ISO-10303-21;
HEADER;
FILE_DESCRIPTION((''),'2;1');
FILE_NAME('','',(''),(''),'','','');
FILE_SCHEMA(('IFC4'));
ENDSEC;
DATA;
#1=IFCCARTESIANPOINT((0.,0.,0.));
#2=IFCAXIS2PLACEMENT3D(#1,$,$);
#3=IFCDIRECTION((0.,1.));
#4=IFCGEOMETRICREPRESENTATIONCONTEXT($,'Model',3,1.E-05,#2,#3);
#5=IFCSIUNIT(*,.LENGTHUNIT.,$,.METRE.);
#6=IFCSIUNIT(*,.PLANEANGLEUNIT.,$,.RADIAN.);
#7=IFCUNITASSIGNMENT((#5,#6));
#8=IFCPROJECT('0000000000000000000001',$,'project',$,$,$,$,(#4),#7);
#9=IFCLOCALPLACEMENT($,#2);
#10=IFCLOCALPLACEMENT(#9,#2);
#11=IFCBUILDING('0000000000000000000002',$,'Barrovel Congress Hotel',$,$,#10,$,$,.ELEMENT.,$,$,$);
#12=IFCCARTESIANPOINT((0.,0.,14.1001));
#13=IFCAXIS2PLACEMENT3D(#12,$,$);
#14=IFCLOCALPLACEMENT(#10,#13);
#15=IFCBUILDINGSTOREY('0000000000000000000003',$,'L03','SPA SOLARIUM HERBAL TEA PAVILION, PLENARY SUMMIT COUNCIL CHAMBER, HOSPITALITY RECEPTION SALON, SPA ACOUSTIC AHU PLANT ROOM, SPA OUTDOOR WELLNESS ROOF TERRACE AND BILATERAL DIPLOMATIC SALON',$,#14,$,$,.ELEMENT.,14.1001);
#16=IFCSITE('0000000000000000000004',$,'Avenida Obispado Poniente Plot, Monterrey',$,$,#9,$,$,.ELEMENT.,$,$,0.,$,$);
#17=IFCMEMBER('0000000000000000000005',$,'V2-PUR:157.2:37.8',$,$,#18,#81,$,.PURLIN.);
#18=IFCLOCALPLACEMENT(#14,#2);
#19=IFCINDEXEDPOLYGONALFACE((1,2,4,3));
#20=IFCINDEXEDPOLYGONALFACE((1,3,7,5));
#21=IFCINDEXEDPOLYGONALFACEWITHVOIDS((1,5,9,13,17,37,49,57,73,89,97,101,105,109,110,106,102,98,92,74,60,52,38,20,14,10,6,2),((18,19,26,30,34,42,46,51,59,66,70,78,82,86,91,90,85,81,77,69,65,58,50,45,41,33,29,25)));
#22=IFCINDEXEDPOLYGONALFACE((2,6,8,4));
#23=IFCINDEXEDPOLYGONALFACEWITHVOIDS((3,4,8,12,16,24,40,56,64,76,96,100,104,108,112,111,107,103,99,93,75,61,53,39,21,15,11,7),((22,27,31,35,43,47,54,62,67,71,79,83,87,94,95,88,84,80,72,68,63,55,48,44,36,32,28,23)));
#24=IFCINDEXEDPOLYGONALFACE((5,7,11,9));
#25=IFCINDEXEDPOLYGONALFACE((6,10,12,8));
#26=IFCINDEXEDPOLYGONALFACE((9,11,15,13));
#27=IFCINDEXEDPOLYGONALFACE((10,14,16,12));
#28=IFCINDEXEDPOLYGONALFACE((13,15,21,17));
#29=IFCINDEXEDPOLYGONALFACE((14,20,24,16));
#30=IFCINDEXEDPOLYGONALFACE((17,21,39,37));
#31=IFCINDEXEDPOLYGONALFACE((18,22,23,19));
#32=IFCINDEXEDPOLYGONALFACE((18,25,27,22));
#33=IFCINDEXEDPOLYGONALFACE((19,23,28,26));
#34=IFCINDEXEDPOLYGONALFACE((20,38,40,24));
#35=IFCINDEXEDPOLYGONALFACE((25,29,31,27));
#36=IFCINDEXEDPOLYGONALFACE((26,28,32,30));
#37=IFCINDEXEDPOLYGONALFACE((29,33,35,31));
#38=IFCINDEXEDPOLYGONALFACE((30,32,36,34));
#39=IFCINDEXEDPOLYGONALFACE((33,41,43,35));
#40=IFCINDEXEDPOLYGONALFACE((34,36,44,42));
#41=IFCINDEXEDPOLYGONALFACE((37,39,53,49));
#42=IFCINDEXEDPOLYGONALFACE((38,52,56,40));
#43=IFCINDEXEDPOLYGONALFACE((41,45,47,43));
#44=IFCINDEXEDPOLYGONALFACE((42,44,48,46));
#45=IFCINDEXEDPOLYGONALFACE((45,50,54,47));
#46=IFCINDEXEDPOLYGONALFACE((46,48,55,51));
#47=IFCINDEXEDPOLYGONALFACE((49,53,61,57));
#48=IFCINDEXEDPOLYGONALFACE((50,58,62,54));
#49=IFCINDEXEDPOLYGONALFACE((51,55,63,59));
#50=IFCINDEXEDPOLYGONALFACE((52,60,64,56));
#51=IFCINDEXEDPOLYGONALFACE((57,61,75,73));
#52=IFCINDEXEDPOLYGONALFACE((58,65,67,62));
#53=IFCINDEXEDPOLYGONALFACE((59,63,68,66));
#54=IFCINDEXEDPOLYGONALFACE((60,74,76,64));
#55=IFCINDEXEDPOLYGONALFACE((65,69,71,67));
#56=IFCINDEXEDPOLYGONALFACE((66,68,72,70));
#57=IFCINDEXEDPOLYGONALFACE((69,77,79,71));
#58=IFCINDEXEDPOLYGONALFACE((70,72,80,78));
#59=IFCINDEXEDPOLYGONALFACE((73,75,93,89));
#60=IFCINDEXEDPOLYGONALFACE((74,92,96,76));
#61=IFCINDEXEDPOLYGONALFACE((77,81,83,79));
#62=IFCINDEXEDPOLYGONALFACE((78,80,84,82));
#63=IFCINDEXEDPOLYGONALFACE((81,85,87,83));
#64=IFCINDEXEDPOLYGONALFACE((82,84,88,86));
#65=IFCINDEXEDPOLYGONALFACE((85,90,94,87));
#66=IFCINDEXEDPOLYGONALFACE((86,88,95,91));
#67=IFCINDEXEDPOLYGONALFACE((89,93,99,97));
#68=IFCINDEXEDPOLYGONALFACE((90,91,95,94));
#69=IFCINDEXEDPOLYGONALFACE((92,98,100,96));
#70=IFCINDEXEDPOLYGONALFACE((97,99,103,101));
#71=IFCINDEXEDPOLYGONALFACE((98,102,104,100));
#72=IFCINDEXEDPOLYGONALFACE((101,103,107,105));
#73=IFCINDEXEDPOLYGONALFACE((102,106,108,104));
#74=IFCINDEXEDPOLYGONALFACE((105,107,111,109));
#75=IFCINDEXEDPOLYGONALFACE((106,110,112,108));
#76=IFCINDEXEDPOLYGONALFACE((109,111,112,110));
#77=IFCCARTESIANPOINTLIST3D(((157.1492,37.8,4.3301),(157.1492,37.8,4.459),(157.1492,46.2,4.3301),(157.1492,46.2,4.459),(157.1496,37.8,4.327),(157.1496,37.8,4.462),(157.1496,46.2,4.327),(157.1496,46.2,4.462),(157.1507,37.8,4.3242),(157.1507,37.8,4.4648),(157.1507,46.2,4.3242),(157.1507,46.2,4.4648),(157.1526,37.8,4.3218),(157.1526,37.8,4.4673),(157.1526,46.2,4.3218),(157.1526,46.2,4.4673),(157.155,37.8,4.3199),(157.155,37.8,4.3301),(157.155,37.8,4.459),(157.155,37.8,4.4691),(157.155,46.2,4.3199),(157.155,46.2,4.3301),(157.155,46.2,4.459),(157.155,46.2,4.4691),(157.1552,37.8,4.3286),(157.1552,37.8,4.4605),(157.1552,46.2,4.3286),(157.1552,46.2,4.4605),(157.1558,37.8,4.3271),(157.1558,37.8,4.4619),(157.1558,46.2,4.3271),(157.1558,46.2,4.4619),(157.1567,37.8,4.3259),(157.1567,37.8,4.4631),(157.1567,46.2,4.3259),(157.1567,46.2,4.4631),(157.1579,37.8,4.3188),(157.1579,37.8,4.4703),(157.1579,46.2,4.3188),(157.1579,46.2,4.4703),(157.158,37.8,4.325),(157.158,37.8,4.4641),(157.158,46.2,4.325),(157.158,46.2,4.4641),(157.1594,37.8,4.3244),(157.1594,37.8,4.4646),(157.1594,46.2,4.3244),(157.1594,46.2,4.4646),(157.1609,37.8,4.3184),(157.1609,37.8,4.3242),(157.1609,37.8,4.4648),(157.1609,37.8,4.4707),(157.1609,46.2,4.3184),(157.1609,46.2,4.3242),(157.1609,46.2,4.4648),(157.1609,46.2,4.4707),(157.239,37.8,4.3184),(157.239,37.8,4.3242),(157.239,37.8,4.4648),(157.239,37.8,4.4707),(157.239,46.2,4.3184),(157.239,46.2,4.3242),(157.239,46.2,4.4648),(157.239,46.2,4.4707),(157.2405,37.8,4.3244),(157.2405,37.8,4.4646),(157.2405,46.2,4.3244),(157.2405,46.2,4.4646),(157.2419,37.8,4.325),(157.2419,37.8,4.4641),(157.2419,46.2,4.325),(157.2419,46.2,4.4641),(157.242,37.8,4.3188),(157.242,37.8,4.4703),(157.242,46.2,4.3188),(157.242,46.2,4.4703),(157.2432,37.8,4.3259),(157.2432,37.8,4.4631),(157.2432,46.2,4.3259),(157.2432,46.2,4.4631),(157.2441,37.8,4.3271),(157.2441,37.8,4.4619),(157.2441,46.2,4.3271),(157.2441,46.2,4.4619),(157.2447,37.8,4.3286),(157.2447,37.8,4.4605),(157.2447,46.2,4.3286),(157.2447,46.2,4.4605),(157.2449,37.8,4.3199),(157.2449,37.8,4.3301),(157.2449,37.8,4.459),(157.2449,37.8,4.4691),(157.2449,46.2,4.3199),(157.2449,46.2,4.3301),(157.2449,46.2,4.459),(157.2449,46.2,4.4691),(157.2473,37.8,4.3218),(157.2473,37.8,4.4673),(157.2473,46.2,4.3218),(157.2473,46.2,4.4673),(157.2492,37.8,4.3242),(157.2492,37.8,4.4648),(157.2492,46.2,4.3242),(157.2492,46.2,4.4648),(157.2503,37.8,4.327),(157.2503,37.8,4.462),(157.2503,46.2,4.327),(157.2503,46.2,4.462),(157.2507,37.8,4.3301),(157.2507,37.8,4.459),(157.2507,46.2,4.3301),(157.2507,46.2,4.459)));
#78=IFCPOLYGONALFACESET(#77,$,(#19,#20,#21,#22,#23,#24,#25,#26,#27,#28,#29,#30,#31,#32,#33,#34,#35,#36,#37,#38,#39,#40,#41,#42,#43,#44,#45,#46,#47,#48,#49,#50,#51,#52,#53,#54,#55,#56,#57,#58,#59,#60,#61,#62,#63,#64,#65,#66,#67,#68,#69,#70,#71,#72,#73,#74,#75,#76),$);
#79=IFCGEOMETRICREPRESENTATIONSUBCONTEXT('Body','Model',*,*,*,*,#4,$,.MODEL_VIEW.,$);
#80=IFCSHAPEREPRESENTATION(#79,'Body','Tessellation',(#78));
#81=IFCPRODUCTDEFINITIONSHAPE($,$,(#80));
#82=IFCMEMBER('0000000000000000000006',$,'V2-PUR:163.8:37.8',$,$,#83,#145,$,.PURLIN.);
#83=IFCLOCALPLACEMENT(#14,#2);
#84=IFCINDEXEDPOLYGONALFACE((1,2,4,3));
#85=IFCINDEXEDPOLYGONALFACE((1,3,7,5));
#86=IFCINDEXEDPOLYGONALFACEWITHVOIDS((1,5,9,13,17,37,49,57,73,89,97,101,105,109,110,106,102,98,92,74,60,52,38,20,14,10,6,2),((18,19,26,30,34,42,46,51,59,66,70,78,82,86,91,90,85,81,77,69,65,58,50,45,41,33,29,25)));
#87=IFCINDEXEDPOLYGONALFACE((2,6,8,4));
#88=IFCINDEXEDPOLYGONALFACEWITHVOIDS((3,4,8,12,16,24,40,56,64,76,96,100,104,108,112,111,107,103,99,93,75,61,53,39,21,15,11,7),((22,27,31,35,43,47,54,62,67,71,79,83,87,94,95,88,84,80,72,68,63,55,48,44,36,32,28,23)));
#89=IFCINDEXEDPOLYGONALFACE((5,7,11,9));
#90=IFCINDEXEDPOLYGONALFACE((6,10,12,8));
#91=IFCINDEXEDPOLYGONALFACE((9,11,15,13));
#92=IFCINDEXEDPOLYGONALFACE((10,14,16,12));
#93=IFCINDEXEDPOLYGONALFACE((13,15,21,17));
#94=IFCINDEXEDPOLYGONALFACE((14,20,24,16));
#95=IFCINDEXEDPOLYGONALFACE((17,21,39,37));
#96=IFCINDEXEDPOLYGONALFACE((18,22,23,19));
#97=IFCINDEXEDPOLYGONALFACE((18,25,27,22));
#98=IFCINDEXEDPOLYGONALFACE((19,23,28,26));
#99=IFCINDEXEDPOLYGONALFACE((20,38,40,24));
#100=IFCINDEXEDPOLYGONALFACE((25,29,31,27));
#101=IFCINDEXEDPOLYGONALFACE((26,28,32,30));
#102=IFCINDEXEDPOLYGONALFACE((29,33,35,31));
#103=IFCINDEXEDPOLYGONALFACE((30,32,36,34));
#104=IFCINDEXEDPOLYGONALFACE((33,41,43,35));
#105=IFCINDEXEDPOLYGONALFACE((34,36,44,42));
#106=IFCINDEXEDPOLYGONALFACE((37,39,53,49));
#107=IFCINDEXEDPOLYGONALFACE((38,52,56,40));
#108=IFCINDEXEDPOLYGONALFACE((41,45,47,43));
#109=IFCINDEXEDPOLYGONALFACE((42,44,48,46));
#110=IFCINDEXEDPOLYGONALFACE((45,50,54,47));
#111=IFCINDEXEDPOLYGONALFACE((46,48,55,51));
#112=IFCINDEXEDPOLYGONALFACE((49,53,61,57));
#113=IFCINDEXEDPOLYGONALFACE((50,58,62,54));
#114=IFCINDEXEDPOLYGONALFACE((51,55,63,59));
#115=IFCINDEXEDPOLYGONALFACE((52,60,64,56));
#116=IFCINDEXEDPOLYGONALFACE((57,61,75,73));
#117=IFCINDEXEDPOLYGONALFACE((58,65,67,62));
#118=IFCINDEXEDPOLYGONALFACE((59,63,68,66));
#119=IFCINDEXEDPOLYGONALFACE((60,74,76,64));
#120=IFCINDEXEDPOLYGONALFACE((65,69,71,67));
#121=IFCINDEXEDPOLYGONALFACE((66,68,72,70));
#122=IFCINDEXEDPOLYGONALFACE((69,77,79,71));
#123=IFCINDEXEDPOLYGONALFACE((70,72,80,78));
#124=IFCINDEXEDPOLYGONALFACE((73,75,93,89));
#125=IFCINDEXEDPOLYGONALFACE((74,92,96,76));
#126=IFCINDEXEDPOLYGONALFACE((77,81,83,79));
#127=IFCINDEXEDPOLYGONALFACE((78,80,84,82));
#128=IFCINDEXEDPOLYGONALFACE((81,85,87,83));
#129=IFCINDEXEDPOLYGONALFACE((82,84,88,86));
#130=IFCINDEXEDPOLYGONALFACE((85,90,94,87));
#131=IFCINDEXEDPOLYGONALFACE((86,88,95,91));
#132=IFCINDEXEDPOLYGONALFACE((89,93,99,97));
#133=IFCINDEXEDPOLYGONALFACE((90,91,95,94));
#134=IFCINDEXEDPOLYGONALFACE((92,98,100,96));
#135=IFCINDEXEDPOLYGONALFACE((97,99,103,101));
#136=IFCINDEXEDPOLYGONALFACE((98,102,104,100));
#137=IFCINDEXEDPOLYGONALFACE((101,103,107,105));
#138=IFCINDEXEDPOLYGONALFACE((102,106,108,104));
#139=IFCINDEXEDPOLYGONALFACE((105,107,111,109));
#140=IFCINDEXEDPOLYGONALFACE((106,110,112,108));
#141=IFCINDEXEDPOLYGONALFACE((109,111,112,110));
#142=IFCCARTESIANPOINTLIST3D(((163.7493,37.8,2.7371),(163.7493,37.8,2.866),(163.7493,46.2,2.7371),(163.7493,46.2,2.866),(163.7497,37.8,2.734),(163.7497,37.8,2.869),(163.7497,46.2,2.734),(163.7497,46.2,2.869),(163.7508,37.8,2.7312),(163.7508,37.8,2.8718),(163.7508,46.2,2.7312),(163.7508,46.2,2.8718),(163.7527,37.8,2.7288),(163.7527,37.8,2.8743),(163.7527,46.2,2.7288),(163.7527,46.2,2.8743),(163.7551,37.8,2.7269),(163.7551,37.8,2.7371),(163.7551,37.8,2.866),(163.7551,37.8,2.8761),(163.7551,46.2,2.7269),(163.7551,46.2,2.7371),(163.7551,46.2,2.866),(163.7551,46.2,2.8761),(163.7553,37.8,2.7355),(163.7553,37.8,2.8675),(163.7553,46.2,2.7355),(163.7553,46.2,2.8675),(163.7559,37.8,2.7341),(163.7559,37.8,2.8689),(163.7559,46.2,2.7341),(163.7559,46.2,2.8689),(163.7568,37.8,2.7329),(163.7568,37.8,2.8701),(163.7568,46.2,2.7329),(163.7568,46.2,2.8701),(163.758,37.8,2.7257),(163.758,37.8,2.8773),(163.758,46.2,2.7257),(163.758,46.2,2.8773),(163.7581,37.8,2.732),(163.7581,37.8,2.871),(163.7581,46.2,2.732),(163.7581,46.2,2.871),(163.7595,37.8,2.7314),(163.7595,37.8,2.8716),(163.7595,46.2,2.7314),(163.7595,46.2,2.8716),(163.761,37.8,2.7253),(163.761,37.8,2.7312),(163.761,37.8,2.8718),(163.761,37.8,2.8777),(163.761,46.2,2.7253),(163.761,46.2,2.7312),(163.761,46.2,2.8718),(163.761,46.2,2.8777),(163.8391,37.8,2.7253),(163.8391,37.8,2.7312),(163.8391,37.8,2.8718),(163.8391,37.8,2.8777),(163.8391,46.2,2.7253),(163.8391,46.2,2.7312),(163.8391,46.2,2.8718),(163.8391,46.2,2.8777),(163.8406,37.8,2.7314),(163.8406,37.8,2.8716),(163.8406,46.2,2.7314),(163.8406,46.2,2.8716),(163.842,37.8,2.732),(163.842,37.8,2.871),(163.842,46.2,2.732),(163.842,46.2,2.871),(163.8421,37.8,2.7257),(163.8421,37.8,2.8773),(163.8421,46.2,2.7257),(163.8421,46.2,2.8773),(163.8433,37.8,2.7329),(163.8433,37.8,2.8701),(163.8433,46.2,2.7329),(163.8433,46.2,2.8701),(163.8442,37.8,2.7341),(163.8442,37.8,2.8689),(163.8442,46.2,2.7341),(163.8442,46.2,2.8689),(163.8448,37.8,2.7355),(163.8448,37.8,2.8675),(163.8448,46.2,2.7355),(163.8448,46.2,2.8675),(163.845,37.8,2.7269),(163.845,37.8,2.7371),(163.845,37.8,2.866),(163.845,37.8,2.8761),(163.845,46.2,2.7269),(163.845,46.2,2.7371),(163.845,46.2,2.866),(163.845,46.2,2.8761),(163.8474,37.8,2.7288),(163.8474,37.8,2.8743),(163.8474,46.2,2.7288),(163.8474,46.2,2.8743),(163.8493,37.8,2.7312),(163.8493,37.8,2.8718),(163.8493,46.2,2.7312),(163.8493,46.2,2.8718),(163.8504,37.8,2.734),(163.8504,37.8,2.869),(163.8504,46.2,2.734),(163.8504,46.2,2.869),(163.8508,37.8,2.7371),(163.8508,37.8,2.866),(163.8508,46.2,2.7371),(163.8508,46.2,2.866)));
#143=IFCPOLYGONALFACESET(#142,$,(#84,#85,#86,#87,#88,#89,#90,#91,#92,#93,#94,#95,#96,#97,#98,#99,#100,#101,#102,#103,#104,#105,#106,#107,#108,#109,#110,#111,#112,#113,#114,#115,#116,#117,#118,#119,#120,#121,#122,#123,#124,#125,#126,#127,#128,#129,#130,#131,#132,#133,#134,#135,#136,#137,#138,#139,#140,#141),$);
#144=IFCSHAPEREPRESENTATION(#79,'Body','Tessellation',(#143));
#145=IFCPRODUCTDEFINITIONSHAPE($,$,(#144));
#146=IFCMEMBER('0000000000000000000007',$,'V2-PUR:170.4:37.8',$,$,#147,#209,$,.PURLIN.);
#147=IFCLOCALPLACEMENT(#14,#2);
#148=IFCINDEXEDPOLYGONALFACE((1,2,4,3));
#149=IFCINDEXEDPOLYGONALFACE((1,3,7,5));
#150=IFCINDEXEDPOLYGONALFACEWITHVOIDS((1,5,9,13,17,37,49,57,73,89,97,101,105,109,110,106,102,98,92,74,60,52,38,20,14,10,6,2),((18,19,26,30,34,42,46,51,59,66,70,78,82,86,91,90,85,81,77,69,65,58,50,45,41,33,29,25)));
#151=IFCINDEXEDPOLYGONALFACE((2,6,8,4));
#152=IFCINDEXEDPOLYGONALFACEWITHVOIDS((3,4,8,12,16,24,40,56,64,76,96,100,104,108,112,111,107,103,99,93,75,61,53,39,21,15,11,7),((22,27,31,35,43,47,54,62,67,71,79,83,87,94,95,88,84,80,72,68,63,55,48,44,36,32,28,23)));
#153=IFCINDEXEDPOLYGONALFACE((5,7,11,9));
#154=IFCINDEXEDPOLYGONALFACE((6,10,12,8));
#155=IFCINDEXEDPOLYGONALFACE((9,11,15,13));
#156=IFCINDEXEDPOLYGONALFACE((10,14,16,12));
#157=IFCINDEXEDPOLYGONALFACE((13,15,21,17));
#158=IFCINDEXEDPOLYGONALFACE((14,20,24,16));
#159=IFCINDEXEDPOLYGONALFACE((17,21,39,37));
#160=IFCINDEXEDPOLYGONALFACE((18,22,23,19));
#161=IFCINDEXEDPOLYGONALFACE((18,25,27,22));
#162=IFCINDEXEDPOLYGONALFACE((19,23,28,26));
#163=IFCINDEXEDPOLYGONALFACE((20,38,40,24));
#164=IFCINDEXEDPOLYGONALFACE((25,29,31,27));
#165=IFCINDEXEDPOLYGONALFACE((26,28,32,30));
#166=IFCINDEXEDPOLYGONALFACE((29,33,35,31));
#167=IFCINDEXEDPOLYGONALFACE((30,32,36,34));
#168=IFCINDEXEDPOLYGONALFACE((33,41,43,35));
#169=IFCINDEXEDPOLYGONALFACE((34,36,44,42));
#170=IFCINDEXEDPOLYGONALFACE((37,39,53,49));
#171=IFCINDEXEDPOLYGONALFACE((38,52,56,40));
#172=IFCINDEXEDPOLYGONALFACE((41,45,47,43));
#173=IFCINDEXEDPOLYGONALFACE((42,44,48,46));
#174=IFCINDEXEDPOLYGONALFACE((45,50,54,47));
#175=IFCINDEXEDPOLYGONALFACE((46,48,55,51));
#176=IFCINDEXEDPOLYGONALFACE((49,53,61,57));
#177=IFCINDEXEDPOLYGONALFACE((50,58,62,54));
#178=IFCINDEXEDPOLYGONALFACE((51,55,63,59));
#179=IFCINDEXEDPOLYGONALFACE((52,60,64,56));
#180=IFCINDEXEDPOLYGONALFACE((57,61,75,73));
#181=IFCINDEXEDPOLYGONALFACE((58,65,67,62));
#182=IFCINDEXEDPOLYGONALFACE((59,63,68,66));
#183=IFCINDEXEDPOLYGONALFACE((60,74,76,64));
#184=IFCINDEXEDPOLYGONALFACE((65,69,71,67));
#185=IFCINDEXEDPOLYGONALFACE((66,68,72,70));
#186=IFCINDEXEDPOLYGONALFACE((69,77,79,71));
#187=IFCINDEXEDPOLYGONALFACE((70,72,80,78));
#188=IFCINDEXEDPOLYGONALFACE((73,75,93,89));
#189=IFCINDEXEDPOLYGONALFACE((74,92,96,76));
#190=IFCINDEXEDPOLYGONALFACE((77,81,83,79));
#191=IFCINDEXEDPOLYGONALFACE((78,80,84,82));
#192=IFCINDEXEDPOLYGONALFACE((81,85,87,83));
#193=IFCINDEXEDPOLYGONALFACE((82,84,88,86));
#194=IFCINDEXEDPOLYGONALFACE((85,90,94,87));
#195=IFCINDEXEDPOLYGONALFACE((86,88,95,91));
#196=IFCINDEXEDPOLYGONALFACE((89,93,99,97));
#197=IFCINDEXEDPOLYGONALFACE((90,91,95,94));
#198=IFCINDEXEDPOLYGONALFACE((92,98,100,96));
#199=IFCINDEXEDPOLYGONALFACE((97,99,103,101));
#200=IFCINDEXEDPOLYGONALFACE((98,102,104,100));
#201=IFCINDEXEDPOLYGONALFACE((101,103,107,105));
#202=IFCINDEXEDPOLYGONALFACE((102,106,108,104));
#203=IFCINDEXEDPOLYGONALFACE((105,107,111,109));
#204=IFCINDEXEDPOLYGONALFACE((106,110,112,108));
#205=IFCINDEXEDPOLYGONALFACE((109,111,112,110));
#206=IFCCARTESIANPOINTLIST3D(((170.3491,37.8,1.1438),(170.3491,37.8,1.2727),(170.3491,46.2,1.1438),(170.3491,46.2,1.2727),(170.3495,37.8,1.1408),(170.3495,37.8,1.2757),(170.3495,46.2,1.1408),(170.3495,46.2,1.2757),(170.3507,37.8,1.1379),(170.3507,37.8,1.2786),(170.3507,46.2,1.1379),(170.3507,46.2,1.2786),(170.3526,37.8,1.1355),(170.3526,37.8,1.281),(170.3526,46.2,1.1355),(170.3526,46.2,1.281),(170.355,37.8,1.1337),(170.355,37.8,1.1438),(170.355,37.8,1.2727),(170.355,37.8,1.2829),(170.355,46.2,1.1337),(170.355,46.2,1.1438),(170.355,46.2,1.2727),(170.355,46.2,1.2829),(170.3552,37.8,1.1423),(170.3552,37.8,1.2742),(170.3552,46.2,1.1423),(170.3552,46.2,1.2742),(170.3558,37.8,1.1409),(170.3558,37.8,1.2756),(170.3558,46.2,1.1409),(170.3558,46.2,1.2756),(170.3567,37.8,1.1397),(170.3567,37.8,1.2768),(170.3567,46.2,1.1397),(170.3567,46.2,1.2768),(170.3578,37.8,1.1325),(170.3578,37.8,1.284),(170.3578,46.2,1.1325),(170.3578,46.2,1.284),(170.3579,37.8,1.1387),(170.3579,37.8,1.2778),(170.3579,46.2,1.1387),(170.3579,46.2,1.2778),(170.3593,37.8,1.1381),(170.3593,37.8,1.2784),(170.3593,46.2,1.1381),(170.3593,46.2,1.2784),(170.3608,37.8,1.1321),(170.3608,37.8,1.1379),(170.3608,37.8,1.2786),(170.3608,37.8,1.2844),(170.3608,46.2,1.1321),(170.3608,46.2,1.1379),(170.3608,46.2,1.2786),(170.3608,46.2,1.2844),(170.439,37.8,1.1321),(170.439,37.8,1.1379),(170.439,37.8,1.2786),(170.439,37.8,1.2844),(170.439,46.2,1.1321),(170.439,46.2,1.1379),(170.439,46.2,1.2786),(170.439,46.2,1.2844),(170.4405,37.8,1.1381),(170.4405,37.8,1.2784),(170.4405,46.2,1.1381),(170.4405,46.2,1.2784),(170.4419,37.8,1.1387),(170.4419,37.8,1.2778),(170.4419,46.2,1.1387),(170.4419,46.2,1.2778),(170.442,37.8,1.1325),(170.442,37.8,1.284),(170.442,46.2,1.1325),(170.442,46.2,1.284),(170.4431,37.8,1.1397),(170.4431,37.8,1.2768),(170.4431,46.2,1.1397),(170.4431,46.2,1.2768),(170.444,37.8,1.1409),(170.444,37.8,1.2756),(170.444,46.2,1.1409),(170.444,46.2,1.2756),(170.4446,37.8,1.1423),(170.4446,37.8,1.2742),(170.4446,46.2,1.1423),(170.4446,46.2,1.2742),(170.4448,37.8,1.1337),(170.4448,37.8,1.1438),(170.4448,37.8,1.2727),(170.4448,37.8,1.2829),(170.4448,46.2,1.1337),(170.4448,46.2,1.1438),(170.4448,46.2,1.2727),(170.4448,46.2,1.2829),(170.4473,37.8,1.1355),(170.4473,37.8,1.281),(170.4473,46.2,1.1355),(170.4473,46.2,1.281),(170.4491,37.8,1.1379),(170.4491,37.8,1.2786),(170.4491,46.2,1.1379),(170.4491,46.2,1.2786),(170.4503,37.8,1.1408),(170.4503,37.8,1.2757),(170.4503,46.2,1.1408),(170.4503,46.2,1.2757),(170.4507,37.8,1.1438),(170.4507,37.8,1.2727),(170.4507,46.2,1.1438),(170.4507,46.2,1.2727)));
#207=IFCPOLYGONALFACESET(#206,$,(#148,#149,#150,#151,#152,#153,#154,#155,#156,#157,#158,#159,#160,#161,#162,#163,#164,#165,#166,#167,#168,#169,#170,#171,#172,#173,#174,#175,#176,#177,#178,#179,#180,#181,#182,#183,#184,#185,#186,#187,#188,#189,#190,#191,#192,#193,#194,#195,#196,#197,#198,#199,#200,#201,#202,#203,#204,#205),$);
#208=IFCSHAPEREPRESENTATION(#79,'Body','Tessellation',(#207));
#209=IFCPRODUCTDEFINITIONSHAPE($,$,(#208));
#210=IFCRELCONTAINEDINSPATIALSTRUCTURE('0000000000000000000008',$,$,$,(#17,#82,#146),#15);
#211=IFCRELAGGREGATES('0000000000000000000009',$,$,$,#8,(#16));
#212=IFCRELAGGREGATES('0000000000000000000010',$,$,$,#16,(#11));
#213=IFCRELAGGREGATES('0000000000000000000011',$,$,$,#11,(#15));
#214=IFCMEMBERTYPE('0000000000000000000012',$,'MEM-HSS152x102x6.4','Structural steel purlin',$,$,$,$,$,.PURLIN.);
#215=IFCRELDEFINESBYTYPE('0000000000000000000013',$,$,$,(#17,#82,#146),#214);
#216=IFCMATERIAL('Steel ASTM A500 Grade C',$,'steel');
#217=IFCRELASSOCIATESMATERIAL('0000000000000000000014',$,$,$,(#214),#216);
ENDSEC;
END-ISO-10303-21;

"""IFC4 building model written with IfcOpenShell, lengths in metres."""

from ifc_helpers import new_model, si_unit, direction, frame, origin, origin_2d, place, context, subcontext, project, spatial, hollow_rectangle, extrude, material, material_profile, profile_set, type_object, element, save


model = new_model("IFC4")

# Units and contexts
model_context = context("Model", 3, precision=1e-05, world=origin(), true_north=direction((0.0, 1.0)))
body_context = subcontext(model_context, "Body", "Model", "MODEL_VIEW")
ifc_project = project(units=[si_unit("LENGTHUNIT", "METRE"), si_unit("PLANEANGLEUNIT", "RADIAN")], contexts=[model_context])

# Site, building, storey
site_placement = place(None, origin())
site = spatial("IfcSite", under=ifc_project, at=site_placement, Name="Avenida Obispado Poniente Plot, Monterrey", CompositionType="ELEMENT", RefElevation=0.0)
building_placement = place(site_placement, origin())
building = spatial("IfcBuilding", under=site, at=building_placement, Name="Barrovel Congress Hotel", CompositionType="ELEMENT")
storey_placement = place(building_placement, frame((0.0, 0.0, 14.1001)))
storey = spatial("IfcBuildingStorey", under=building, at=storey_placement, Name="L03", Description="SPA SOLARIUM HERBAL TEA PAVILION, PLENARY SUMMIT COUNCIL CHAMBER, HOSPITALITY RECEPTION SALON, SPA ACOUSTIC AHU PLANT ROOM, SPA OUTDOOR WELLNESS ROOF TERRACE AND BILATERAL DIPLOMATIC SALON", CompositionType="ELEMENT", Elevation=14.1001)

# Members
ifc_material_1 = material(Name="Steel ASTM A500 Grade C", Category="steel")
ifc_material_profile_1 = material_profile(ifc_material_1, hollow_rectangle(XDim=0.1016, YDim=0.1523, WallThickness=0.0059, InnerFilletRadius=0.0059, OuterFilletRadius=0.0117, at=origin_2d()), Name="HSS152x102x6.4")
ifc_profile_set_1 = profile_set([ifc_material_profile_1], Name="Steel ASTM A500 Grade C")
member_type_1 = type_object("IfcMemberType", Name="MEM-HSS152x102x6.4", Description="Structural steel purlin", PredefinedType="PURLIN", material=ifc_profile_set_1)
for number, where, z_axis, x_axis, name in (
    (1, (157.2, 37.8, 4.3945), (0.0, 1.0, 0.0), (-1.0, 0.0, 0.0), "V2-PUR:157.2:37.8"),
    (2, (163.8, 37.8, 2.8015), (0.0, 1.0, 0.0), (-1.0, 0.0, 0.0), "V2-PUR:163.8:37.8"),
    (3, (170.3999, 37.8, 1.2083), (0.0, 1.0, 0.0), (-1.0, 0.0, 0.0), "V2-PUR:170.4:37.8"),
):
    element("IfcMember", number, at=place(storey_placement, frame(where, z_axis=z_axis, x_axis=x_axis)), inside=storey, type_object=member_type_1, Name=name, PredefinedType="PURLIN", context=body_context, shape_type="SweptSolid", body=[
        extrude(hollow_rectangle(XDim=0.1016, YDim=0.1523, WallThickness=0.0059, InnerFilletRadius=0.0059, OuterFilletRadius=0.0117, at=origin_2d()), origin(), (0.0, 0.0, 1.0), 8.3999),
    ])

save(model, "model.ifc")
